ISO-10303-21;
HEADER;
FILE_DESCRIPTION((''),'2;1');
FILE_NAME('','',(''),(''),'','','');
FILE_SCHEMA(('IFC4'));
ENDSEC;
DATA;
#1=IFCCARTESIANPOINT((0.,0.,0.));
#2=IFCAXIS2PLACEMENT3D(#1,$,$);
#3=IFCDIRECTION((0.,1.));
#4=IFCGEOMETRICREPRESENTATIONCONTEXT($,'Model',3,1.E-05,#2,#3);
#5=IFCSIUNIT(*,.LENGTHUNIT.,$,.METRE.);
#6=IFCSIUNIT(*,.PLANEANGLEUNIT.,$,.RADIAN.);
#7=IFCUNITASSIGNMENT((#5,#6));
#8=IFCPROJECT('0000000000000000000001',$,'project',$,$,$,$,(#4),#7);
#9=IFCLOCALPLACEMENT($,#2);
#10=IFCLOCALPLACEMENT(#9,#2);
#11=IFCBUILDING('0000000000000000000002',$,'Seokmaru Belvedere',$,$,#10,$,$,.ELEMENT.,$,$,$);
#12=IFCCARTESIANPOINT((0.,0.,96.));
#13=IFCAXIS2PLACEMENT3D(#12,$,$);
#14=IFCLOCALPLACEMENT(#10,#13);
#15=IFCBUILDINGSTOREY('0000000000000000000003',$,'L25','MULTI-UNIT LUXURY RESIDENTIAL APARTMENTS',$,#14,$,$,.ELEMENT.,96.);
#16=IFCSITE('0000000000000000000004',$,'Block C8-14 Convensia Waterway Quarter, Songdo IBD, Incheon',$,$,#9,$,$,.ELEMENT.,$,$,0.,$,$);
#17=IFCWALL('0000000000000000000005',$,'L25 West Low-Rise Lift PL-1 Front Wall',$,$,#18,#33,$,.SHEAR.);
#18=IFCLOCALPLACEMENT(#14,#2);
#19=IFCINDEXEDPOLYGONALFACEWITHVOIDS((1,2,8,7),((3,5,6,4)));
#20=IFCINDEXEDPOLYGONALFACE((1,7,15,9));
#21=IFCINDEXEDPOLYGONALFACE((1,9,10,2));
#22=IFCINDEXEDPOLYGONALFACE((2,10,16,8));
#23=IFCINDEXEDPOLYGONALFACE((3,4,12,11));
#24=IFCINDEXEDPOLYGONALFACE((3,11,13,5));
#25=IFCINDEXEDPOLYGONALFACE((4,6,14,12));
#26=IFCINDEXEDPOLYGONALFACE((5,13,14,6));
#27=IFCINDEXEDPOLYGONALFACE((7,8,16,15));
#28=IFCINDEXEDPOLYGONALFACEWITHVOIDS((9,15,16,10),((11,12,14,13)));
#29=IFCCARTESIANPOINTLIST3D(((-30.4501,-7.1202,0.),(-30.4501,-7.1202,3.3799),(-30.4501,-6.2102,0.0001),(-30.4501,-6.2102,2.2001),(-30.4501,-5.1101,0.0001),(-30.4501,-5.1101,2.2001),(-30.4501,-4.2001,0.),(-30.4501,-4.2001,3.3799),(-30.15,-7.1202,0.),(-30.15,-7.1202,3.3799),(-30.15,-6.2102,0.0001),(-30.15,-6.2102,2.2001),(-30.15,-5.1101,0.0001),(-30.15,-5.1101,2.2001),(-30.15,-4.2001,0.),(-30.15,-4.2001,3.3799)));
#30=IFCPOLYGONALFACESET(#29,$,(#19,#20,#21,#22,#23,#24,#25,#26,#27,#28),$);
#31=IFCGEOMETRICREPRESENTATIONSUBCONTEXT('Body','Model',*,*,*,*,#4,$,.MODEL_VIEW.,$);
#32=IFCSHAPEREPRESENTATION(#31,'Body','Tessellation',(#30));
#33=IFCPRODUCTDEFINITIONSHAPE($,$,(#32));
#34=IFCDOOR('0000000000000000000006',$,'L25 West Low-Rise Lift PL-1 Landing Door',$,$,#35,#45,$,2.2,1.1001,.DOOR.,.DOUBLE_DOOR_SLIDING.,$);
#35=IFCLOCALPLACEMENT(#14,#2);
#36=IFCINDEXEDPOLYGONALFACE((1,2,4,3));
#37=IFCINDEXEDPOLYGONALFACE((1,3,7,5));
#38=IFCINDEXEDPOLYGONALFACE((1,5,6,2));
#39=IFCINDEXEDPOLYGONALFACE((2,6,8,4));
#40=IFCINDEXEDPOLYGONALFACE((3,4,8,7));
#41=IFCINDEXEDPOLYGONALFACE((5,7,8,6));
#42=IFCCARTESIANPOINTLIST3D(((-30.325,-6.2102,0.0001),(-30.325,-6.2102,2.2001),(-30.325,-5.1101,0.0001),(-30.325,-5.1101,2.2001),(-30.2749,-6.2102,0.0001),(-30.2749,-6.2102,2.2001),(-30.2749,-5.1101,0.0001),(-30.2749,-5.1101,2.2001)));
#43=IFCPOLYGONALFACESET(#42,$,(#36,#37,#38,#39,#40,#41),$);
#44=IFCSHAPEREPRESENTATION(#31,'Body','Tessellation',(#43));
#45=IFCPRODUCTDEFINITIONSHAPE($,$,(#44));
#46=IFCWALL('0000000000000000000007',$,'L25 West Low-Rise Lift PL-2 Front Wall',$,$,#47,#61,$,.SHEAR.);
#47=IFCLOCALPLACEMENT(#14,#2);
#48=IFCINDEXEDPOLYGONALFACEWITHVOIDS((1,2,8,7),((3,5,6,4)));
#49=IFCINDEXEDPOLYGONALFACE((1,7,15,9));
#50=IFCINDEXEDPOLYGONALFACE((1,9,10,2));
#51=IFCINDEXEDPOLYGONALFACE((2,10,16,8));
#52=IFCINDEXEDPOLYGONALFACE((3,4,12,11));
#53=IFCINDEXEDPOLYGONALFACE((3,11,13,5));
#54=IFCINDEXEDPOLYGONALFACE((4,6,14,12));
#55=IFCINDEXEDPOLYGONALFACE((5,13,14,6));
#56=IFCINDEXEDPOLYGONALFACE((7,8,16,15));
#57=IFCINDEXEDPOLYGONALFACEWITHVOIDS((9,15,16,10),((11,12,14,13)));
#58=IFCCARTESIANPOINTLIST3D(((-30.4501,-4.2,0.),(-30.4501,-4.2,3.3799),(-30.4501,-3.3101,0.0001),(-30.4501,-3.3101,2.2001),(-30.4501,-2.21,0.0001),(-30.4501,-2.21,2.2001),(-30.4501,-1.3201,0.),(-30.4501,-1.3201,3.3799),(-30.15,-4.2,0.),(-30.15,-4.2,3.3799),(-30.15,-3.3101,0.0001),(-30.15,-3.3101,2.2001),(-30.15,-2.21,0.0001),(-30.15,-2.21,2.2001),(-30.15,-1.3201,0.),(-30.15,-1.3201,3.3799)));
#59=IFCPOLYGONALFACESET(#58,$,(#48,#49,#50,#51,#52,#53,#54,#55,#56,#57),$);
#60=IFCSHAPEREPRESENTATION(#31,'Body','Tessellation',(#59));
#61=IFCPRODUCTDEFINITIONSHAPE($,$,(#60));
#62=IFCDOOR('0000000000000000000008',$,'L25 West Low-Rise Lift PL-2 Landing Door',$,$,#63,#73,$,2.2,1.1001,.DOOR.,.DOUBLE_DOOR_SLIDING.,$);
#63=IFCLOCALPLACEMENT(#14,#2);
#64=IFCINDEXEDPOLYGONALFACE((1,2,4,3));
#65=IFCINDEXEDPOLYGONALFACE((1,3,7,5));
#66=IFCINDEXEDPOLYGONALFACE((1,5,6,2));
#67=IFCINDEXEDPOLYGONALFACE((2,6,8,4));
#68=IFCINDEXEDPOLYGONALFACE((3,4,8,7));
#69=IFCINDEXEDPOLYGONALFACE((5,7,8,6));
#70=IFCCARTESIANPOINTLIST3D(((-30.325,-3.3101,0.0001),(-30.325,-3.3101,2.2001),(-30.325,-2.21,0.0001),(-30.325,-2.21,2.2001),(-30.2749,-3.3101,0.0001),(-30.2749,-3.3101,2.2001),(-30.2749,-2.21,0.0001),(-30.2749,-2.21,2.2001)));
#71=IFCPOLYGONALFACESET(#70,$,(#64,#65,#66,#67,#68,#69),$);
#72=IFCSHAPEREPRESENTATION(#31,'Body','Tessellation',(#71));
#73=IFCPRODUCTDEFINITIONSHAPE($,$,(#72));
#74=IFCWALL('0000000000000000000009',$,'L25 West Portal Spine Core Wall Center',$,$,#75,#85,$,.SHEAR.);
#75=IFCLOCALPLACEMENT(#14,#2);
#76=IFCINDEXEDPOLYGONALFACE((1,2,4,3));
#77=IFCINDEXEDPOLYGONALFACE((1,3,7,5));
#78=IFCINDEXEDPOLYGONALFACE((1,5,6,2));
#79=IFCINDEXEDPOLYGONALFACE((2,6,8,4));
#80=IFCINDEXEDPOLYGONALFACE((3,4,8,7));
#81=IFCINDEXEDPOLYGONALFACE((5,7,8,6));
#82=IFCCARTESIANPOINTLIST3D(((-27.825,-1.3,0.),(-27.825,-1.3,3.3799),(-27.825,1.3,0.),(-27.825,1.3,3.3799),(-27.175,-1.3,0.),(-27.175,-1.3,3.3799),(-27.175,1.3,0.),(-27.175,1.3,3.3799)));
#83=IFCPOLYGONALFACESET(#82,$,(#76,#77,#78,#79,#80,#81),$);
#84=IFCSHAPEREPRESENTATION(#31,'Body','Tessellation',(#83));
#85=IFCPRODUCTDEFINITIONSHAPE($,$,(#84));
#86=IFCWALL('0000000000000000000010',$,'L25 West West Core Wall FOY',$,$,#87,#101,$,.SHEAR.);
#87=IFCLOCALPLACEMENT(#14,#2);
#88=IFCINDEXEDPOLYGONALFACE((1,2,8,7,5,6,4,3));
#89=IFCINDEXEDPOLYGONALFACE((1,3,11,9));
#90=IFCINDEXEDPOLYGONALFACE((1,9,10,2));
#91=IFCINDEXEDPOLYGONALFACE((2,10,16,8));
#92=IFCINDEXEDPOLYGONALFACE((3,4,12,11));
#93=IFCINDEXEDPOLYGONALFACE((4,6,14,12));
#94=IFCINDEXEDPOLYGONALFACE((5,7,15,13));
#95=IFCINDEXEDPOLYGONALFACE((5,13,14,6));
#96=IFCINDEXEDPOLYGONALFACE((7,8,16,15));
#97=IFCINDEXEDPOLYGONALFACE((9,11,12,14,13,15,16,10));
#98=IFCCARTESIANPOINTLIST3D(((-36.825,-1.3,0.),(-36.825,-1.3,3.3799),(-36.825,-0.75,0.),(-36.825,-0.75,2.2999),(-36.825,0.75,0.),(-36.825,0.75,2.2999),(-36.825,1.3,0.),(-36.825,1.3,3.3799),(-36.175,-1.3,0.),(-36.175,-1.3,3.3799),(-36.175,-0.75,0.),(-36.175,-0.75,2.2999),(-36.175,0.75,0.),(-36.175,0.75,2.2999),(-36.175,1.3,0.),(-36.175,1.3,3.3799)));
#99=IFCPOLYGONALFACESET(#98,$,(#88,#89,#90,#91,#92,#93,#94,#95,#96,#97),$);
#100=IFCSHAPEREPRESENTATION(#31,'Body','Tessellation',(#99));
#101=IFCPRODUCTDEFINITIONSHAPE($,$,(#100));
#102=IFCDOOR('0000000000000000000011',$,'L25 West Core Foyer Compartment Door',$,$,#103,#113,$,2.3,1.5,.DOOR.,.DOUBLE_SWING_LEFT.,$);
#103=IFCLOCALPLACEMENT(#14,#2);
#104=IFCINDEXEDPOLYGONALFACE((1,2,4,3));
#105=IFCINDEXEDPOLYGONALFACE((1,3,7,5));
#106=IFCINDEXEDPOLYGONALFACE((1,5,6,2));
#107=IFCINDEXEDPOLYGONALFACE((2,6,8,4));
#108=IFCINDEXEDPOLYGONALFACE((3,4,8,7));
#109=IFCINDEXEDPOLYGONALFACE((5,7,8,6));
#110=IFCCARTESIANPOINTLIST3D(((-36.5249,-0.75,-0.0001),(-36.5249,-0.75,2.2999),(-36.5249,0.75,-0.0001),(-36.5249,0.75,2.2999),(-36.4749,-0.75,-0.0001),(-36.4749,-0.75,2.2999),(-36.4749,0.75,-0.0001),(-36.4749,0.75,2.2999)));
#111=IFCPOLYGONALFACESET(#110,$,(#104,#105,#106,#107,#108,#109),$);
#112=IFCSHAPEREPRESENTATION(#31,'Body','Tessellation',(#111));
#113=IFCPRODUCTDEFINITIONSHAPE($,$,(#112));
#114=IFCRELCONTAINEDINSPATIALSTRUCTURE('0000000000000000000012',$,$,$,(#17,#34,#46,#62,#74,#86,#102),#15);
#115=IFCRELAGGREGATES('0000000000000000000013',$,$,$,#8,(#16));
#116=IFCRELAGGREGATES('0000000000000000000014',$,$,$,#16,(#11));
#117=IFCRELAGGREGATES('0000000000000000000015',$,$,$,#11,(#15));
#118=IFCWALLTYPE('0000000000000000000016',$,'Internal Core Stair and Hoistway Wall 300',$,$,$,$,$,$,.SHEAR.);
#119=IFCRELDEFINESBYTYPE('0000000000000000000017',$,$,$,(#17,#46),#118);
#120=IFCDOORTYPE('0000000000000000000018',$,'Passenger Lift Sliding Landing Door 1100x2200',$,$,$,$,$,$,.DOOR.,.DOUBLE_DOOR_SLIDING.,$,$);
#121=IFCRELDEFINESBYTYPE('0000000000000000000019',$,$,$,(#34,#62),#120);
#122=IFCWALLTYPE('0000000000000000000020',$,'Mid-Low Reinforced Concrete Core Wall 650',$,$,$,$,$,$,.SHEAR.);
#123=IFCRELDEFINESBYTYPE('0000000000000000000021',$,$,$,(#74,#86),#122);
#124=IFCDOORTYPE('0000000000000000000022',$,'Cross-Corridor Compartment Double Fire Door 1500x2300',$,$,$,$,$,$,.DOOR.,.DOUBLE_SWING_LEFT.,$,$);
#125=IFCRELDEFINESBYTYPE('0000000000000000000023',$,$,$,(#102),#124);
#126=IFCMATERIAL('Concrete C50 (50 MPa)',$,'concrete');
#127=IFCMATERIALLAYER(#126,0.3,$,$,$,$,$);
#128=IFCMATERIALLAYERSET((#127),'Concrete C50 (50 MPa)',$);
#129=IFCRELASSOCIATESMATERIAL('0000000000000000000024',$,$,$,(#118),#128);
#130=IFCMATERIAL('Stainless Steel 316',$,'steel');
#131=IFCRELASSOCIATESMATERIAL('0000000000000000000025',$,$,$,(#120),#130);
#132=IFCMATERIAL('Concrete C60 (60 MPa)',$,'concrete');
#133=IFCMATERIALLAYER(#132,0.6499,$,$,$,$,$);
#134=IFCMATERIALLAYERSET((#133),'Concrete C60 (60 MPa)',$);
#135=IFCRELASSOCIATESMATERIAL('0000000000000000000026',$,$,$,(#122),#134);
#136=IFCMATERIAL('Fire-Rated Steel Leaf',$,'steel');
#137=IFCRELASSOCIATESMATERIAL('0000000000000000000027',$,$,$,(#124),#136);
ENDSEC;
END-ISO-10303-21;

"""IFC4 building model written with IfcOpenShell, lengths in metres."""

from ifc_helpers import new_model, si_unit, direction, frame, frame_2d, origin, place, context, subcontext, project, spatial, rectangle, extrude, source, transform, mapped, material, layer, layer_set, type_object, type_shapes, element, fill, save


model = new_model("IFC4")

# Units and contexts
model_context = context("Model", 3, precision=1e-05, world=origin(), true_north=direction((0.0, 1.0)))
body_context = subcontext(model_context, "Body", "Model", "MODEL_VIEW")
ifc_project = project(units=[si_unit("LENGTHUNIT", "METRE"), si_unit("PLANEANGLEUNIT", "RADIAN")], contexts=[model_context])

# Site, building, storey
site_placement = place(None, origin())
site = spatial("IfcSite", under=ifc_project, at=site_placement, Name="Block C8-14 Convensia Waterway Quarter, Songdo IBD, Incheon", CompositionType="ELEMENT", RefElevation=0.0)
building_placement = place(site_placement, origin())
building = spatial("IfcBuilding", under=site, at=building_placement, Name="Seokmaru Belvedere", CompositionType="ELEMENT")
storey_placement = place(building_placement, frame((0.0, 0.0, 96.0)))
storey = spatial("IfcBuildingStorey", under=building, at=storey_placement, Name="L25", Description="MULTI-UNIT LUXURY RESIDENTIAL APARTMENTS", CompositionType="ELEMENT", Elevation=96.0)

# Shared definitions
ifc_material_1 = material(Name="Fire-Rated Steel Leaf", Category="steel")

# Shared definitions
ifc_material_2 = material(Name="Concrete C50 (50 MPa)", Category="concrete")

# Walls, openings, doors
ifc_layer_1 = layer(ifc_material_2, 0.3)
ifc_layer_set_1 = layer_set([ifc_layer_1], Name="Concrete C50 (50 MPa)")
wall_type_1 = type_object("IfcWallType", Name="Internal Core Stair and Hoistway Wall 300", PredefinedType="SHEAR", material=ifc_layer_set_1)
wall_1_placement = place(storey_placement, frame((-30.3, -7.1201, 0.0), z_axis=(0.0, 0.0, 1.0), x_axis=(0.0, 1.0, 0.0)))
wall_1 = element("IfcWall", 1, at=wall_1_placement, inside=storey, type_object=wall_type_1, Name="L25 West Low-Rise Lift PL-1 Front Wall", PredefinedType="SHEAR", context=body_context, shape_type="SweptSolid", body=[
    extrude(rectangle(XDim=2.9202, YDim=0.3, at=frame_2d((1.46, 0.0))), origin(), (0.0, 0.0, 1.0), 3.3799),
])
opening_1_placement = place(wall_1_placement, frame((0.9099, 0.0, 0.0)))
opening_1 = element("IfcOpeningElement", 2, at=opening_1_placement, cuts=wall_1, PredefinedType="OPENING", context=body_context, shape_type="SweptSolid", body=[
    extrude(rectangle(XDim=1.1001, YDim=2.2, at=frame_2d((0.55, 1.1001))), frame((0.0, 0.1602, 0.0), z_axis=(0.0, -1.0, 0.0), x_axis=(1.0, 0.0, 0.0)), (0.0, 0.0, 1.0), 0.3201),
])
ifc_material_3 = material(Name="Stainless Steel 316", Category="steel")
door_type_1 = type_object("IfcDoorType", Name="Passenger Lift Sliding Landing Door 1100x2200", OperationType="DOUBLE_DOOR_SLIDING", PredefinedType="DOOR", material=ifc_material_3)
shared_shape_1 = source(origin(), body_context, "Body", "SweptSolid", [
    extrude(rectangle(XDim=1.1001, YDim=2.2, at=frame_2d((0.55, 1.1001))), frame((0.0, 0.0249, 0.0), z_axis=(0.0, -1.0, 0.0), x_axis=(1.0, 0.0, 0.0)), (0.0, 0.0, 1.0), 0.05),
])
type_shapes(door_type_1, [shared_shape_1])
door_1_placement = place(opening_1_placement, origin())
door_1 = element("IfcDoor", 3, at=door_1_placement, inside=storey, type_object=door_type_1, Name="L25 West Low-Rise Lift PL-1 Landing Door", OperationType="DOUBLE_DOOR_SLIDING", OverallHeight=2.2, OverallWidth=1.1001, PredefinedType="DOOR", context=body_context, shape_type="MappedRepresentation", body=[
    mapped(shared_shape_1, transform((0.0, 0.0, 0.0), scale=1.0)),
])
fill(opening_1, door_1)
wall_2_placement = place(storey_placement, frame((-30.3, -4.2, 0.0), z_axis=(0.0, 0.0, 1.0), x_axis=(0.0, 1.0, 0.0)))
wall_2 = element("IfcWall", 4, at=wall_2_placement, inside=storey, type_object=wall_type_1, Name="L25 West Low-Rise Lift PL-2 Front Wall", PredefinedType="SHEAR", context=body_context, shape_type="SweptSolid", body=[
    extrude(rectangle(XDim=2.8799, YDim=0.3, at=frame_2d((1.4399, 0.0))), origin(), (0.0, 0.0, 1.0), 3.3799),
])
opening_2_placement = place(wall_2_placement, frame((0.8899, 0.0, 0.0)))
opening_2 = element("IfcOpeningElement", 5, at=opening_2_placement, cuts=wall_2, PredefinedType="OPENING", context=body_context, shape_type="SweptSolid", body=[
    extrude(rectangle(XDim=1.1001, YDim=2.2, at=frame_2d((0.55, 1.1001))), frame((0.0, 0.1602, 0.0), z_axis=(0.0, -1.0, 0.0), x_axis=(1.0, 0.0, 0.0)), (0.0, 0.0, 1.0), 0.3201),
])
door_2_placement = place(opening_2_placement, origin())
door_2 = element("IfcDoor", 6, at=door_2_placement, inside=storey, type_object=door_type_1, Name="L25 West Low-Rise Lift PL-2 Landing Door", OperationType="DOUBLE_DOOR_SLIDING", OverallHeight=2.2, OverallWidth=1.1001, PredefinedType="DOOR", context=body_context, shape_type="MappedRepresentation", body=[
    mapped(shared_shape_1, transform((0.0, 0.0, 0.0), scale=1.0)),
])
fill(opening_2, door_2)

# Wall
ifc_material_4 = material(Name="Concrete C60 (60 MPa)", Category="concrete")
ifc_layer_2 = layer(ifc_material_4, 0.6499)
ifc_layer_set_2 = layer_set([ifc_layer_2], Name="Concrete C60 (60 MPa)")
wall_type_2 = type_object("IfcWallType", Name="Mid-Low Reinforced Concrete Core Wall 650", PredefinedType="SHEAR", material=ifc_layer_set_2)
wall_3_placement = place(storey_placement, frame((-27.5, -1.3, 0.0), z_axis=(0.0, 0.0, 1.0), x_axis=(0.0, 1.0, 0.0)))
element("IfcWall", 7, at=wall_3_placement, inside=storey, type_object=wall_type_2, Name="L25 West Portal Spine Core Wall Center", PredefinedType="SHEAR", context=body_context, shape_type="SweptSolid", body=[
    extrude(rectangle(XDim=2.6001, YDim=0.6499, at=frame_2d((1.3, 0.0))), origin(), (0.0, 0.0, 1.0), 3.3799),
])

# Wall, opening, door
wall_4_placement = place(storey_placement, frame((-36.5, -1.3, 0.0), z_axis=(0.0, 0.0, 1.0), x_axis=(0.0, 1.0, 0.0)))
wall_4 = element("IfcWall", 8, at=wall_4_placement, inside=storey, type_object=wall_type_2, Name="L25 West West Core Wall FOY", PredefinedType="SHEAR", context=body_context, shape_type="SweptSolid", body=[
    extrude(rectangle(XDim=2.6001, YDim=0.6499, at=frame_2d((1.3, 0.0))), origin(), (0.0, 0.0, 1.0), 3.3799),
])
opening_3_placement = place(wall_4_placement, frame((0.55, 0.0, 0.0)))
opening_3 = element("IfcOpeningElement", 9, at=opening_3_placement, cuts=wall_4, PredefinedType="OPENING", context=body_context, shape_type="SweptSolid", body=[
    extrude(rectangle(XDim=1.5, YDim=2.3, at=frame_2d((0.75, 1.1499))), frame((0.0, 0.335, 0.0), z_axis=(0.0, -1.0, 0.0), x_axis=(1.0, 0.0, 0.0)), (0.0, 0.0, 1.0), 0.6699),
])
door_type_2 = type_object("IfcDoorType", Name="Cross-Corridor Compartment Double Fire Door 1500x2300", OperationType="DOUBLE_SWING_LEFT", PredefinedType="DOOR", material=ifc_material_1)
shared_shape_2 = source(origin(), body_context, "Body", "SweptSolid", [
    extrude(rectangle(XDim=1.5, YDim=2.3, at=frame_2d((0.75, 1.1499))), frame((0.0, 0.0249, 0.0), z_axis=(0.0, -1.0, 0.0), x_axis=(1.0, 0.0, 0.0)), (0.0, 0.0, 1.0), 0.05),
])
type_shapes(door_type_2, [shared_shape_2])
door_3_placement = place(opening_3_placement, origin())
door_3 = element("IfcDoor", 10, at=door_3_placement, inside=storey, type_object=door_type_2, Name="L25 West Core Foyer Compartment Door", OperationType="DOUBLE_SWING_LEFT", OverallHeight=2.3, OverallWidth=1.5, PredefinedType="DOOR", context=body_context, shape_type="MappedRepresentation", body=[
    mapped(shared_shape_2, transform((0.0, 0.0, 0.0), scale=1.0)),
])
fill(opening_3, door_3)

save(model, "model.ifc")
